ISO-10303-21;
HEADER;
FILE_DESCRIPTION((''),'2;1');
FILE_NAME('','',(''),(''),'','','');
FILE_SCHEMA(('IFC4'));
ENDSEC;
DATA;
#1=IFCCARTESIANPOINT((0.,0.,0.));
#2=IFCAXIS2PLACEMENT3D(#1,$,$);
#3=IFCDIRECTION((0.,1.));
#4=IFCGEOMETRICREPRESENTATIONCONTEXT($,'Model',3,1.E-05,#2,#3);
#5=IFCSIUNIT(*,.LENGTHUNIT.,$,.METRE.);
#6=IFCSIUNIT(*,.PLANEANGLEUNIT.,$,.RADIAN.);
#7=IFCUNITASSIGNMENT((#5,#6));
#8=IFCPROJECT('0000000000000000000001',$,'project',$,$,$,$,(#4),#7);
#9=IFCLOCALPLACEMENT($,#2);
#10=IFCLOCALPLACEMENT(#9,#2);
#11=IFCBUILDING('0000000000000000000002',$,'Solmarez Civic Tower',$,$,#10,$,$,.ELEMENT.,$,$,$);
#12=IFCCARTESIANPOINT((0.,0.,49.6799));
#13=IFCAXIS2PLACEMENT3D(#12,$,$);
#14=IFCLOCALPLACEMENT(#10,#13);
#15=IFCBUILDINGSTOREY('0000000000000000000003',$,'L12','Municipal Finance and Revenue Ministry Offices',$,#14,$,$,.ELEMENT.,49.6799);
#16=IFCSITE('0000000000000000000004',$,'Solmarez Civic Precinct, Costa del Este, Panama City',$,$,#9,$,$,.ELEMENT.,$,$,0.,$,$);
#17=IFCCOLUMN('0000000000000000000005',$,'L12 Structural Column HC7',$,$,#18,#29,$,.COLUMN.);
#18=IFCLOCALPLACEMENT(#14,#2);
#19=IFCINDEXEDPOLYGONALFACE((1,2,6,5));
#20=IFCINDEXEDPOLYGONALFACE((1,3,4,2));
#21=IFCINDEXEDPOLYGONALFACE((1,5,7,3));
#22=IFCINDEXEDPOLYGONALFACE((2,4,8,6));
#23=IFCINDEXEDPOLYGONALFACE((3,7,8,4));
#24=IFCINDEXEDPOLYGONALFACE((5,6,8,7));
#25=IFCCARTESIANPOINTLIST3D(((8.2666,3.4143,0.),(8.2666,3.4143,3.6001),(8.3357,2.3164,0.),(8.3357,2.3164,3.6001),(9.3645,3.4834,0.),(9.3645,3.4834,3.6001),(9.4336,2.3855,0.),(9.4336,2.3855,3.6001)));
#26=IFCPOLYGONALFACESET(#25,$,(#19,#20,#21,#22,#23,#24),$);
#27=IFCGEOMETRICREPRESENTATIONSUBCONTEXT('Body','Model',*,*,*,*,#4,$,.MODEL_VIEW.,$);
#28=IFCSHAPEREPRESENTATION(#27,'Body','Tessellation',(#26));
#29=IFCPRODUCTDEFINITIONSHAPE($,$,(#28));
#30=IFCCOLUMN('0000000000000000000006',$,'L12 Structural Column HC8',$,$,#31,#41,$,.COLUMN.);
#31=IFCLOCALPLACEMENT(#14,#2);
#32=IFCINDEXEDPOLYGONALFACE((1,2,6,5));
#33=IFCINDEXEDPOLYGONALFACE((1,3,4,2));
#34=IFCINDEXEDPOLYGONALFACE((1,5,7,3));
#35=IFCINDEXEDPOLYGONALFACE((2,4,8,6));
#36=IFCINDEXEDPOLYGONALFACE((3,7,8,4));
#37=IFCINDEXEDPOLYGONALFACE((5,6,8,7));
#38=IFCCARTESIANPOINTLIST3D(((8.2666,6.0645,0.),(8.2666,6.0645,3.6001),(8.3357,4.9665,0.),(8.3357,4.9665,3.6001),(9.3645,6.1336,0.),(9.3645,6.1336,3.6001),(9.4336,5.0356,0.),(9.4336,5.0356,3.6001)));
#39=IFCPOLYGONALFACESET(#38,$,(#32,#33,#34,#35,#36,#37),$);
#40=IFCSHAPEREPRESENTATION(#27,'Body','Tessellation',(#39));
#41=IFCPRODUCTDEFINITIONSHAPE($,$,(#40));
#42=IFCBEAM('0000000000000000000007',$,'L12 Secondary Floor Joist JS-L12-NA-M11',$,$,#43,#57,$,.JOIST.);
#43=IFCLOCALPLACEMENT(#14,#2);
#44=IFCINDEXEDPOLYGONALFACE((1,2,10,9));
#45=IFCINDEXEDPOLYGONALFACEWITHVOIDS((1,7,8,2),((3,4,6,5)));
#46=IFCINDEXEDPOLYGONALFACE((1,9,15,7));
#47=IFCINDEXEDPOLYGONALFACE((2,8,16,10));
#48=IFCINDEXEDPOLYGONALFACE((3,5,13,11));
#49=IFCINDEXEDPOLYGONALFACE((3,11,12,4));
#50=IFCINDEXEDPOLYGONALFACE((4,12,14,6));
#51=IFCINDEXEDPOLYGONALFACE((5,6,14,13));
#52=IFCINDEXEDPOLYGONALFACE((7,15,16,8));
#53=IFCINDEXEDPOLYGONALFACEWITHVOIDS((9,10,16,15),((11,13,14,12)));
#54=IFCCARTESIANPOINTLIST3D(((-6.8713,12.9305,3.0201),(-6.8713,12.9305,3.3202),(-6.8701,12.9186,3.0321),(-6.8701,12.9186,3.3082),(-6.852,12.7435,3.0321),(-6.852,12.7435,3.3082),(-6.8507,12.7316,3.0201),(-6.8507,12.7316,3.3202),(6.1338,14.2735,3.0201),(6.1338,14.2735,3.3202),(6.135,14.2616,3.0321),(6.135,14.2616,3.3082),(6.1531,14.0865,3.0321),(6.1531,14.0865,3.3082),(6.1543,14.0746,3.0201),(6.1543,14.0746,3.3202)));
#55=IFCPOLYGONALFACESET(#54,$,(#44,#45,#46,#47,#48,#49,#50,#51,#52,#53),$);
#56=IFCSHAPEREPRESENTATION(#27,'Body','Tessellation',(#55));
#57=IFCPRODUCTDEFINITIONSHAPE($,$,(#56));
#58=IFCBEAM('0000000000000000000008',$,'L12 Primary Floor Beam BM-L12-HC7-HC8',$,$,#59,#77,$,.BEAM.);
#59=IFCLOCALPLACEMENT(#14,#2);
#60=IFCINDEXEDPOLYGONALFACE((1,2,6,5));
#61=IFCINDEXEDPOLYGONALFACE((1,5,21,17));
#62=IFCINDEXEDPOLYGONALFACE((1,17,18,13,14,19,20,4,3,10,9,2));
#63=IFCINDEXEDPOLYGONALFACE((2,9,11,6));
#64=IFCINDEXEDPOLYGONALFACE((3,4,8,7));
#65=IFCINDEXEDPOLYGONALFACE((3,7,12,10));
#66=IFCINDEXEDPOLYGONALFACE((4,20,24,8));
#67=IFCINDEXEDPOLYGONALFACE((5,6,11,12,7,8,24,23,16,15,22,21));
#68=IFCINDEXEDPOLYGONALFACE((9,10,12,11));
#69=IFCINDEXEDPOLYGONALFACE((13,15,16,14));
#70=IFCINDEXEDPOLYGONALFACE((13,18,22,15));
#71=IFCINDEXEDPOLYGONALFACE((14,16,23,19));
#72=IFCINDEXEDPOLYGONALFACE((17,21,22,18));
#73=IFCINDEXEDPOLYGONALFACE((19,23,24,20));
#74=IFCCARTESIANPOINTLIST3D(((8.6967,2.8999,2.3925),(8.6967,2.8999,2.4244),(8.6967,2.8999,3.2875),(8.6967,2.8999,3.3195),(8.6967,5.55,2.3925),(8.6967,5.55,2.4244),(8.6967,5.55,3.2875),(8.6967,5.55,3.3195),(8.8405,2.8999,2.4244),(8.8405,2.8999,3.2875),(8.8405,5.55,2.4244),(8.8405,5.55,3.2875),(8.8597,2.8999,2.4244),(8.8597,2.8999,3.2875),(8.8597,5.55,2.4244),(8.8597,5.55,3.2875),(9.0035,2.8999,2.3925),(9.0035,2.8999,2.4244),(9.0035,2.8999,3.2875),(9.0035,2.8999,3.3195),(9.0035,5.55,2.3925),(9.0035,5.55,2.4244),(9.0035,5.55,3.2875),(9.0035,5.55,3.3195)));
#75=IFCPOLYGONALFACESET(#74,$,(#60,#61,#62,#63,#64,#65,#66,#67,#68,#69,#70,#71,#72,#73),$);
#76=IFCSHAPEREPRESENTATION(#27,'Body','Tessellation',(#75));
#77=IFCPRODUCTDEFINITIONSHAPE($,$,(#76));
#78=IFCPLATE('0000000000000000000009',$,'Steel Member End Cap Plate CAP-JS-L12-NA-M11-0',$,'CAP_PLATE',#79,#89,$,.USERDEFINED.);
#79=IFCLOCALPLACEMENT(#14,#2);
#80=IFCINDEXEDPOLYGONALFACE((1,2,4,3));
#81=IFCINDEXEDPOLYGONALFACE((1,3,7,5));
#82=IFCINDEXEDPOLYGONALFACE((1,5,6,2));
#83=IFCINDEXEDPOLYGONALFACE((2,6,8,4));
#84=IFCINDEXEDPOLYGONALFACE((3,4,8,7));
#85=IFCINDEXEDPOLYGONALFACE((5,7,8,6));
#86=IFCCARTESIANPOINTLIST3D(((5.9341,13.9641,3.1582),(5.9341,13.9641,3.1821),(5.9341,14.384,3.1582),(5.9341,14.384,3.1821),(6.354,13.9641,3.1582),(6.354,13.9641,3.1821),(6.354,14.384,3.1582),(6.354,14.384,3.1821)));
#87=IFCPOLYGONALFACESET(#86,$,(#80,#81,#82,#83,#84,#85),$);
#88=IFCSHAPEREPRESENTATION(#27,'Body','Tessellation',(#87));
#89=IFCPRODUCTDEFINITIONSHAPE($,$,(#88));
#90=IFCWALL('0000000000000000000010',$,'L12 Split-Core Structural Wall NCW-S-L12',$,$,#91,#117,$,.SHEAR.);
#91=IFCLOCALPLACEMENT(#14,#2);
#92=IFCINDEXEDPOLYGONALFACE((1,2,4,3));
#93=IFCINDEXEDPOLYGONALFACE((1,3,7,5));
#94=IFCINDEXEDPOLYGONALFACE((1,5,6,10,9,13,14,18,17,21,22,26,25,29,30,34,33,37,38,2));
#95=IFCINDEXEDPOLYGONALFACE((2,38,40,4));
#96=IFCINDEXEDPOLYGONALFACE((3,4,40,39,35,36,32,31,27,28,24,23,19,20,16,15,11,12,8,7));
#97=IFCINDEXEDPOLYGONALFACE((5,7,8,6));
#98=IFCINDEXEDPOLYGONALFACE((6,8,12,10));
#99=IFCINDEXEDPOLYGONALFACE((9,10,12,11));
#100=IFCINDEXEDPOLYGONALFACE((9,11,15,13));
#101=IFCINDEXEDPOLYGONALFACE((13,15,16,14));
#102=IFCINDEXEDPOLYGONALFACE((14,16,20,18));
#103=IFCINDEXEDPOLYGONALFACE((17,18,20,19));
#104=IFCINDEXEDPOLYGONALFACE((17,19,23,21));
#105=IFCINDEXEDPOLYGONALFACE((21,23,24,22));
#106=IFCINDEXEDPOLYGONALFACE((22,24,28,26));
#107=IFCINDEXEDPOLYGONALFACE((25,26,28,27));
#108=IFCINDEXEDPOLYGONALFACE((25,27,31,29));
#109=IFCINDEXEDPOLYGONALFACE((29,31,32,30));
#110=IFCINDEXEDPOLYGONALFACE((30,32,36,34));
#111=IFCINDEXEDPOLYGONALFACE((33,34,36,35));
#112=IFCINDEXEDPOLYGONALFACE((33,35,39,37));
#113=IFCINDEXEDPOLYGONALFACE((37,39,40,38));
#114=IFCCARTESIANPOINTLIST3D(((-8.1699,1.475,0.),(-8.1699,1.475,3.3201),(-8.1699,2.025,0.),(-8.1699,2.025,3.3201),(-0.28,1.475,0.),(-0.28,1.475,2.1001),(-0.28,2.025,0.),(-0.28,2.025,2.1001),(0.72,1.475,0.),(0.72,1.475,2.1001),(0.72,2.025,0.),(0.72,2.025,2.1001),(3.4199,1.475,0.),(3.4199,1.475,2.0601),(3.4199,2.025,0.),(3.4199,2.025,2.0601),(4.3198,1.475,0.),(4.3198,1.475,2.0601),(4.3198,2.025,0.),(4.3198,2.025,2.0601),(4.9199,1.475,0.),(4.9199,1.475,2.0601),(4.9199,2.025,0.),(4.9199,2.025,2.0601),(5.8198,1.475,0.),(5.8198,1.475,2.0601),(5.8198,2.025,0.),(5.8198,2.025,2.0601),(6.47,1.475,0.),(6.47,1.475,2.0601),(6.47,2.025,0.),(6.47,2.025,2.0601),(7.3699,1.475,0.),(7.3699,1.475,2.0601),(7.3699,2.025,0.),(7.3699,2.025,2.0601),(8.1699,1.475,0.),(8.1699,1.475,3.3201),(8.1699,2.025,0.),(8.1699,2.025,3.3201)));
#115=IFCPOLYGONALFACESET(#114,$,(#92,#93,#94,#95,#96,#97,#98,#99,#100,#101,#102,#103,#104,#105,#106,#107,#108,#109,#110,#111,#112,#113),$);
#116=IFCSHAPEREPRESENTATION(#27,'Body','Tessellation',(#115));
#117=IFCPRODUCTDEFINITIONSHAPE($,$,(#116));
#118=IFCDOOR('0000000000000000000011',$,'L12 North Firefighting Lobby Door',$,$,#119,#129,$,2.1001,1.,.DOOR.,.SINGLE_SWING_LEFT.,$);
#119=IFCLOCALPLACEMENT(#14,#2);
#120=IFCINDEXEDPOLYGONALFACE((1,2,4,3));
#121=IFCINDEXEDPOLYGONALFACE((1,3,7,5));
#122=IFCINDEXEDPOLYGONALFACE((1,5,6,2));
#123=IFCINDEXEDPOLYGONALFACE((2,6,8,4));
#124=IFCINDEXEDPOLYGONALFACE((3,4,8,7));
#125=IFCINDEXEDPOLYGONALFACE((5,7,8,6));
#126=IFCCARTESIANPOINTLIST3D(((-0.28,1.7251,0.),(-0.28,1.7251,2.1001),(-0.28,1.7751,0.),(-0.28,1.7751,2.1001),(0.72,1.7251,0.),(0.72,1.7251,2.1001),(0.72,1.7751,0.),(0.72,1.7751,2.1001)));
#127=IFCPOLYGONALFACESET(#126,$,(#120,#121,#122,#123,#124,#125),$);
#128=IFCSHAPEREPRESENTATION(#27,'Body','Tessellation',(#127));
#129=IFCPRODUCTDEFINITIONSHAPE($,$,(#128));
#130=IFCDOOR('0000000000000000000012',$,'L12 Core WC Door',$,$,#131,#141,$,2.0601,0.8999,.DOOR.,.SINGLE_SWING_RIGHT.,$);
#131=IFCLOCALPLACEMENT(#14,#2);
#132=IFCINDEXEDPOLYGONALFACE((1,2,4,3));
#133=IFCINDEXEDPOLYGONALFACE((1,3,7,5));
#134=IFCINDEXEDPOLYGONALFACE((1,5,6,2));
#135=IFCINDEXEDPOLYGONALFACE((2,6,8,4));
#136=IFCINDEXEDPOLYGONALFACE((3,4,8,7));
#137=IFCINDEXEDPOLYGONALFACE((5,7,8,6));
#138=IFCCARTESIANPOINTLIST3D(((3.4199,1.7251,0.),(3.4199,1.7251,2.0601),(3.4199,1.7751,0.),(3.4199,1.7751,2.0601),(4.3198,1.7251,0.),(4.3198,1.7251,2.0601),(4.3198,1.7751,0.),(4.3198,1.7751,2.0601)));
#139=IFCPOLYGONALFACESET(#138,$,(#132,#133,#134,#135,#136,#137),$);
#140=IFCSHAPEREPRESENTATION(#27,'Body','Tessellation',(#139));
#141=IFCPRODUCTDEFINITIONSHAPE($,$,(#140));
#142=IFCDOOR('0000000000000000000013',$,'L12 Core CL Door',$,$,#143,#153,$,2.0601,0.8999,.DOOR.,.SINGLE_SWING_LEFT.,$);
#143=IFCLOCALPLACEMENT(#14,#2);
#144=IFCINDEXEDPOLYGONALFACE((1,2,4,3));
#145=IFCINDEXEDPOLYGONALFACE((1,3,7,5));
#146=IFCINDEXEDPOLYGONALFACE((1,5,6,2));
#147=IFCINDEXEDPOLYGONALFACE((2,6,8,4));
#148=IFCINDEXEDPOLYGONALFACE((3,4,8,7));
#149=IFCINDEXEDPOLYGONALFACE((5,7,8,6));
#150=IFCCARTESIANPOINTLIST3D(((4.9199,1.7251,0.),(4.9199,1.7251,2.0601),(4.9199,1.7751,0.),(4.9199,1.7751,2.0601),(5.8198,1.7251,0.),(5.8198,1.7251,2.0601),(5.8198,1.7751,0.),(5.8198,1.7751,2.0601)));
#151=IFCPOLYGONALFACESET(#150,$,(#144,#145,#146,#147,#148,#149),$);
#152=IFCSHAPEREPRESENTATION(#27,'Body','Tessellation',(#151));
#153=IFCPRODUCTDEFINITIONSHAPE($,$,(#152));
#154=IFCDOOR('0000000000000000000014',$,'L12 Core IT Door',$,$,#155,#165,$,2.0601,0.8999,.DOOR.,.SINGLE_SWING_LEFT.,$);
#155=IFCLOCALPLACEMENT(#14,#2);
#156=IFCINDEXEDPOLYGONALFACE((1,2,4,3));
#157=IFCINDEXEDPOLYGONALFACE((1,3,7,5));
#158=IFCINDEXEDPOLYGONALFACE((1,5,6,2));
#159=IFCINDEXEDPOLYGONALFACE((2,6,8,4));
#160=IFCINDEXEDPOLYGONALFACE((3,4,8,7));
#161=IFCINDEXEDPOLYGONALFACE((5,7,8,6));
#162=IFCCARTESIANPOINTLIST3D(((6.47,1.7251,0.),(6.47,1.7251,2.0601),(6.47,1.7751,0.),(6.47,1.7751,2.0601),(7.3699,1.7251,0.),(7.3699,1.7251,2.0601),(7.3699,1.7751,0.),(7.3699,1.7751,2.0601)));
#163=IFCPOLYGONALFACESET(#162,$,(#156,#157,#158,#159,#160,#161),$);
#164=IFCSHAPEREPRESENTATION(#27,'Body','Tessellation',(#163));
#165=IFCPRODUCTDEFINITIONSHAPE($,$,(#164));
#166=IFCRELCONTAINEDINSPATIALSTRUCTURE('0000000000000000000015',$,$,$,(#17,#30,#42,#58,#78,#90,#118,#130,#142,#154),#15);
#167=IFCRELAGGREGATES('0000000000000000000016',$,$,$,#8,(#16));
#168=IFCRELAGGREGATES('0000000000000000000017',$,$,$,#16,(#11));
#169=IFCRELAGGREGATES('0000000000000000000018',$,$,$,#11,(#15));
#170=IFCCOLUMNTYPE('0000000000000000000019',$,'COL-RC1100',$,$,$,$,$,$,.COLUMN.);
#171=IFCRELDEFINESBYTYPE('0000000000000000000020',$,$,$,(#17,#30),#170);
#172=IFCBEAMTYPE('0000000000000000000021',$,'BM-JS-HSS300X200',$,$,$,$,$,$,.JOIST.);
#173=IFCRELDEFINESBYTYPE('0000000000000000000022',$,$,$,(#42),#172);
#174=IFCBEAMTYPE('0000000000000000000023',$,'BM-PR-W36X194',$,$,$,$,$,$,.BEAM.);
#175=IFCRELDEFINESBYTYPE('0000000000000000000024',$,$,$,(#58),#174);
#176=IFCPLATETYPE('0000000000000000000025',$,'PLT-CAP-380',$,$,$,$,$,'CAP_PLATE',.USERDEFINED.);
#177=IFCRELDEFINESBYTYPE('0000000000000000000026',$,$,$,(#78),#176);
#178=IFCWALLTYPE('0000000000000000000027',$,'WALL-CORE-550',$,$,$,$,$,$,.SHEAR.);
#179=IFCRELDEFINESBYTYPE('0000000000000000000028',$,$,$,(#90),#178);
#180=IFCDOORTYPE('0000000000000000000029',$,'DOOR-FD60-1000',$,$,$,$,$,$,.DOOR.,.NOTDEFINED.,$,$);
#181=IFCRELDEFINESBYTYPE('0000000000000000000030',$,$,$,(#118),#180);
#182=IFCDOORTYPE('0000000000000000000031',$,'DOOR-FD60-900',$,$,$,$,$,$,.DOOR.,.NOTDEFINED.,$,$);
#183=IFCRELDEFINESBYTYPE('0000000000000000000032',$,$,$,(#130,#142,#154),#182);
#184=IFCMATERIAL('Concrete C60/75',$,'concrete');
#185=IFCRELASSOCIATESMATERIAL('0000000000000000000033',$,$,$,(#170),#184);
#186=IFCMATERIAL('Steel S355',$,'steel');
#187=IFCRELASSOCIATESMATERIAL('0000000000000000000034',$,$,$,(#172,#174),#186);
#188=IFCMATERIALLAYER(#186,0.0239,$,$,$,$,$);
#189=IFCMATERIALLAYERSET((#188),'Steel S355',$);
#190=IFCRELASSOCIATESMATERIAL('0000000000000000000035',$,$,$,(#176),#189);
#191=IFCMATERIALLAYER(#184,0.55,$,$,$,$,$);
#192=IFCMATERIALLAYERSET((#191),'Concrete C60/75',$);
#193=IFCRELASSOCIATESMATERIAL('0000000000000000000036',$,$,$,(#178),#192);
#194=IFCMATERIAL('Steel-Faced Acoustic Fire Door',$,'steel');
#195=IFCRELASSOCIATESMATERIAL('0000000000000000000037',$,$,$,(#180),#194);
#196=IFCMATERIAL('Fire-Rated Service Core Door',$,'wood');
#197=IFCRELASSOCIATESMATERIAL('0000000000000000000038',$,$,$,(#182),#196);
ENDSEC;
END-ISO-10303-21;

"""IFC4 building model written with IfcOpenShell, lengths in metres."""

from ifc_helpers import new_model, si_unit, direction, frame, frame_2d, origin, origin_2d, place, context, subcontext, project, spatial, rectangle, hollow_rectangle, i_section, extrude, material, layer, layer_set, material_profile, profile_set, type_object, element, fill, save


model = new_model("IFC4")

# Units and contexts
model_context = context("Model", 3, precision=1e-05, world=origin(), true_north=direction((0.0, 1.0)))
body_context = subcontext(model_context, "Body", "Model", "MODEL_VIEW")
ifc_project = project(units=[si_unit("LENGTHUNIT", "METRE"), si_unit("PLANEANGLEUNIT", "RADIAN")], contexts=[model_context])

# Site, building, storey
site_placement = place(None, origin())
site = spatial("IfcSite", under=ifc_project, at=site_placement, Name="Solmarez Civic Precinct, Costa del Este, Panama City", CompositionType="ELEMENT", RefElevation=0.0)
building_placement = place(site_placement, origin())
building = spatial("IfcBuilding", under=site, at=building_placement, Name="Solmarez Civic Tower", CompositionType="ELEMENT")
storey_placement = place(building_placement, frame((0.0, 0.0, 49.6799)))
storey = spatial("IfcBuildingStorey", under=building, at=storey_placement, Name="L12", Description="Municipal Finance and Revenue Ministry Offices", CompositionType="ELEMENT", Elevation=49.6799)

# Columns
ifc_material_1 = material(Name="Concrete C60/75", Category="concrete")
ifc_material_profile_1 = material_profile(ifc_material_1, rectangle(XDim=1.1001, YDim=1.1001, at=origin_2d()), Name="RC1100X1100")
ifc_profile_set_1 = profile_set([ifc_material_profile_1], Name="Concrete C60/75")
column_type = type_object("IfcColumnType", Name="COL-RC1100", PredefinedType="COLUMN", material=ifc_profile_set_1)
for number, where, z_axis, x_axis, name in (
    (1, (8.8501, 2.8999, 0.0), (0.0, 0.0, 1.0), (0.998027, 0.062791, 0.0), "L12 Structural Column HC7"),
    (2, (8.8501, 5.55, 0.0), (0.0, 0.0, 1.0), (0.998027, 0.062791, 0.0), "L12 Structural Column HC8"),
):
    element("IfcColumn", number, at=place(storey_placement, frame(where, z_axis=z_axis, x_axis=x_axis)), inside=storey, type_object=column_type, Name=name, PredefinedType="COLUMN", context=body_context, shape_type="SweptSolid", body=[
        extrude(rectangle(XDim=1.1001, YDim=1.1001, at=origin_2d()), origin(), (0.0, 0.0, 1.0), 3.6001),
    ])

# Beams
ifc_material_2 = material(Name="Steel S355", Category="steel")
ifc_material_profile_2 = material_profile(ifc_material_2, hollow_rectangle(XDim=0.2, YDim=0.3, WallThickness=0.012, at=origin_2d()), Name="HSS300X200X12")
ifc_profile_set_2 = profile_set([ifc_material_profile_2], Name="Steel S355")
beam_type_1 = type_object("IfcBeamType", Name="BM-JS-HSS300X200", PredefinedType="JOIST", material=ifc_profile_set_2)
beam_1_placement = place(storey_placement, frame((6.144, 14.1741, 3.1702), z_axis=(-0.99471, -0.102722, 0.0), x_axis=(0.102722, -0.99471, 0.0)))
element("IfcBeam", 3, at=beam_1_placement, inside=storey, type_object=beam_type_1, Name="L12 Secondary Floor Joist JS-L12-NA-M11", PredefinedType="JOIST", context=body_context, shape_type="SweptSolid", body=[
    extrude(hollow_rectangle(XDim=0.2, YDim=0.3, WallThickness=0.012, at=origin_2d()), origin(), (0.0, 0.0, 1.0), 13.0742),
])
ifc_material_profile_3 = material_profile(ifc_material_2, i_section(OverallWidth=0.3069, OverallDepth=0.927, WebThickness=0.0193, FlangeThickness=0.032, at=origin_2d()), Name="W36X194")
ifc_profile_set_3 = profile_set([ifc_material_profile_3], Name="Steel S355")
beam_type_2 = type_object("IfcBeamType", Name="BM-PR-W36X194", PredefinedType="BEAM", material=ifc_profile_set_3)
beam_2_placement = place(storey_placement, frame((8.8501, 2.8999, 2.856), z_axis=(0.0, 1.0, 0.0), x_axis=(-1.0, 0.0, 0.0)))
element("IfcBeam", 4, at=beam_2_placement, inside=storey, type_object=beam_type_2, Name="L12 Primary Floor Beam BM-L12-HC7-HC8", PredefinedType="BEAM", context=body_context, shape_type="SweptSolid", body=[
    extrude(i_section(OverallWidth=0.3069, OverallDepth=0.927, WebThickness=0.0193, FlangeThickness=0.032, at=origin_2d()), origin(), (0.0, 0.0, 1.0), 2.6501),
])

# Plate
ifc_layer_1 = layer(ifc_material_2, 0.0239)
ifc_layer_set_1 = layer_set([ifc_layer_1], Name="Steel S355")
plate_type = type_object("IfcPlateType", Name="PLT-CAP-380", ElementType="CAP_PLATE", PredefinedType="USERDEFINED", material=ifc_layer_set_1)
plate_placement = place(storey_placement, frame((6.144, 14.1741, 3.1582), z_axis=(0.0, 0.0, 1.0), x_axis=(1.0, 0.0, 0.0)))
element("IfcPlate", 5, at=plate_placement, inside=storey, type_object=plate_type, Name="Steel Member End Cap Plate CAP-JS-L12-NA-M11-0", ObjectType="CAP_PLATE", PredefinedType="USERDEFINED", context=body_context, shape_type="SweptSolid", body=[
    extrude(rectangle(XDim=0.4199, YDim=0.4199, at=origin_2d()), origin(), (0.0, 0.0, 1.0), 0.0239),
])

# Wall, openings, doors
ifc_layer_2 = layer(ifc_material_1, 0.55)
ifc_layer_set_2 = layer_set([ifc_layer_2], Name="Concrete C60/75")
wall_type_1 = type_object("IfcWallType", Name="WALL-CORE-550", PredefinedType="SHEAR", material=ifc_layer_set_2)
wall_1_placement = place(storey_placement, frame((8.1699, 1.75, 0.0), z_axis=(0.0, 0.0, 1.0), x_axis=(-1.0, 0.0, 0.0)))
wall_1 = element("IfcWall", 6, at=wall_1_placement, inside=storey, type_object=wall_type_1, Name="L12 Split-Core Structural Wall NCW-S-L12", PredefinedType="SHEAR", context=body_context, shape_type="SweptSolid", body=[
    extrude(rectangle(XDim=16.3398, YDim=0.55, at=frame_2d((8.1699, 0.0))), origin(), (0.0, 0.0, 1.0), 3.3201),
])
opening_1_placement = place(wall_1_placement, frame((7.45, 0.0, 0.0)))
opening_1 = element("IfcOpeningElement", 7, at=opening_1_placement, cuts=wall_1, PredefinedType="OPENING", context=body_context, shape_type="SweptSolid", body=[
    extrude(rectangle(XDim=1.0, YDim=2.1001, at=frame_2d((0.5, 1.05))), frame((0.0, 0.2849, 0.0), z_axis=(0.0, -1.0, 0.0), x_axis=(1.0, 0.0, 0.0)), (0.0, 0.0, 1.0), 0.5701),
])
opening_2_placement = place(wall_1_placement, frame((3.8501, 0.0, 0.0)))
opening_2 = element("IfcOpeningElement", 8, at=opening_2_placement, cuts=wall_1, PredefinedType="OPENING", context=body_context, shape_type="SweptSolid", body=[
    extrude(rectangle(XDim=0.8999, YDim=2.0601, at=frame_2d((0.45, 1.03))), frame((0.0, 0.2849, 0.0), z_axis=(0.0, -1.0, 0.0), x_axis=(1.0, 0.0, 0.0)), (0.0, 0.0, 1.0), 0.5701),
])
opening_3_placement = place(wall_1_placement, frame((2.3501, 0.0, 0.0)))
opening_3 = element("IfcOpeningElement", 9, at=opening_3_placement, cuts=wall_1, PredefinedType="OPENING", context=body_context, shape_type="SweptSolid", body=[
    extrude(rectangle(XDim=0.8999, YDim=2.0601, at=frame_2d((0.45, 1.03))), frame((0.0, 0.2849, 0.0), z_axis=(0.0, -1.0, 0.0), x_axis=(1.0, 0.0, 0.0)), (0.0, 0.0, 1.0), 0.5701),
])
opening_4_placement = place(wall_1_placement, frame((0.8, 0.0, 0.0)))
opening_4 = element("IfcOpeningElement", 10, at=opening_4_placement, cuts=wall_1, PredefinedType="OPENING", context=body_context, shape_type="SweptSolid", body=[
    extrude(rectangle(XDim=0.8999, YDim=2.0601, at=frame_2d((0.45, 1.03))), frame((0.0, 0.2849, 0.0), z_axis=(0.0, -1.0, 0.0), x_axis=(1.0, 0.0, 0.0)), (0.0, 0.0, 1.0), 0.5701),
])
ifc_material_3 = material(Name="Steel-Faced Acoustic Fire Door", Category="steel")
door_type_1 = type_object("IfcDoorType", Name="DOOR-FD60-1000", OperationType="NOTDEFINED", PredefinedType="DOOR", material=ifc_material_3)
door_1_placement = place(opening_1_placement, origin())
door_1 = element("IfcDoor", 11, at=door_1_placement, inside=storey, type_object=door_type_1, Name="L12 North Firefighting Lobby Door", OperationType="SINGLE_SWING_LEFT", OverallHeight=2.1001, OverallWidth=1.0, PredefinedType="DOOR", context=body_context, shape_type="SweptSolid", body=[
    extrude(rectangle(XDim=1.0, YDim=2.1001, at=frame_2d((0.5, 1.05))), frame((0.0, 0.0249, 0.0), z_axis=(0.0, -1.0, 0.0), x_axis=(1.0, 0.0, 0.0)), (0.0, 0.0, 1.0), 0.05),
])
fill(opening_1, door_1)
ifc_material_4 = material(Name="Fire-Rated Service Core Door", Category="wood")
door_type_2 = type_object("IfcDoorType", Name="DOOR-FD60-900", OperationType="NOTDEFINED", PredefinedType="DOOR", material=ifc_material_4)
door_2_placement = place(opening_2_placement, origin())
door_2 = element("IfcDoor", 12, at=door_2_placement, inside=storey, type_object=door_type_2, Name="L12 Core WC Door", OperationType="SINGLE_SWING_RIGHT", OverallHeight=2.0601, OverallWidth=0.8999, PredefinedType="DOOR", context=body_context, shape_type="SweptSolid", body=[
    extrude(rectangle(XDim=0.8999, YDim=2.0601, at=frame_2d((0.45, 1.03))), frame((0.0, 0.0249, 0.0), z_axis=(0.0, -1.0, 0.0), x_axis=(1.0, 0.0, 0.0)), (0.0, 0.0, 1.0), 0.05),
])
fill(opening_2, door_2)
door_3_placement = place(opening_3_placement, origin())
door_3 = element("IfcDoor", 13, at=door_3_placement, inside=storey, type_object=door_type_2, Name="L12 Core CL Door", OperationType="SINGLE_SWING_LEFT", OverallHeight=2.0601, OverallWidth=0.8999, PredefinedType="DOOR", context=body_context, shape_type="SweptSolid", body=[
    extrude(rectangle(XDim=0.8999, YDim=2.0601, at=frame_2d((0.45, 1.03))), frame((0.0, 0.0249, 0.0), z_axis=(0.0, -1.0, 0.0), x_axis=(1.0, 0.0, 0.0)), (0.0, 0.0, 1.0), 0.05),
])
fill(opening_3, door_3)
door_4_placement = place(opening_4_placement, origin())
door_4 = element("IfcDoor", 14, at=door_4_placement, inside=storey, type_object=door_type_2, Name="L12 Core IT Door", OperationType="SINGLE_SWING_LEFT", OverallHeight=2.0601, OverallWidth=0.8999, PredefinedType="DOOR", context=body_context, shape_type="SweptSolid", body=[
    extrude(rectangle(XDim=0.8999, YDim=2.0601, at=frame_2d((0.45, 1.03))), frame((0.0, 0.0249, 0.0), z_axis=(0.0, -1.0, 0.0), x_axis=(1.0, 0.0, 0.0)), (0.0, 0.0, 1.0), 0.05),
])
fill(opening_4, door_4)

save(model, "model.ifc")
